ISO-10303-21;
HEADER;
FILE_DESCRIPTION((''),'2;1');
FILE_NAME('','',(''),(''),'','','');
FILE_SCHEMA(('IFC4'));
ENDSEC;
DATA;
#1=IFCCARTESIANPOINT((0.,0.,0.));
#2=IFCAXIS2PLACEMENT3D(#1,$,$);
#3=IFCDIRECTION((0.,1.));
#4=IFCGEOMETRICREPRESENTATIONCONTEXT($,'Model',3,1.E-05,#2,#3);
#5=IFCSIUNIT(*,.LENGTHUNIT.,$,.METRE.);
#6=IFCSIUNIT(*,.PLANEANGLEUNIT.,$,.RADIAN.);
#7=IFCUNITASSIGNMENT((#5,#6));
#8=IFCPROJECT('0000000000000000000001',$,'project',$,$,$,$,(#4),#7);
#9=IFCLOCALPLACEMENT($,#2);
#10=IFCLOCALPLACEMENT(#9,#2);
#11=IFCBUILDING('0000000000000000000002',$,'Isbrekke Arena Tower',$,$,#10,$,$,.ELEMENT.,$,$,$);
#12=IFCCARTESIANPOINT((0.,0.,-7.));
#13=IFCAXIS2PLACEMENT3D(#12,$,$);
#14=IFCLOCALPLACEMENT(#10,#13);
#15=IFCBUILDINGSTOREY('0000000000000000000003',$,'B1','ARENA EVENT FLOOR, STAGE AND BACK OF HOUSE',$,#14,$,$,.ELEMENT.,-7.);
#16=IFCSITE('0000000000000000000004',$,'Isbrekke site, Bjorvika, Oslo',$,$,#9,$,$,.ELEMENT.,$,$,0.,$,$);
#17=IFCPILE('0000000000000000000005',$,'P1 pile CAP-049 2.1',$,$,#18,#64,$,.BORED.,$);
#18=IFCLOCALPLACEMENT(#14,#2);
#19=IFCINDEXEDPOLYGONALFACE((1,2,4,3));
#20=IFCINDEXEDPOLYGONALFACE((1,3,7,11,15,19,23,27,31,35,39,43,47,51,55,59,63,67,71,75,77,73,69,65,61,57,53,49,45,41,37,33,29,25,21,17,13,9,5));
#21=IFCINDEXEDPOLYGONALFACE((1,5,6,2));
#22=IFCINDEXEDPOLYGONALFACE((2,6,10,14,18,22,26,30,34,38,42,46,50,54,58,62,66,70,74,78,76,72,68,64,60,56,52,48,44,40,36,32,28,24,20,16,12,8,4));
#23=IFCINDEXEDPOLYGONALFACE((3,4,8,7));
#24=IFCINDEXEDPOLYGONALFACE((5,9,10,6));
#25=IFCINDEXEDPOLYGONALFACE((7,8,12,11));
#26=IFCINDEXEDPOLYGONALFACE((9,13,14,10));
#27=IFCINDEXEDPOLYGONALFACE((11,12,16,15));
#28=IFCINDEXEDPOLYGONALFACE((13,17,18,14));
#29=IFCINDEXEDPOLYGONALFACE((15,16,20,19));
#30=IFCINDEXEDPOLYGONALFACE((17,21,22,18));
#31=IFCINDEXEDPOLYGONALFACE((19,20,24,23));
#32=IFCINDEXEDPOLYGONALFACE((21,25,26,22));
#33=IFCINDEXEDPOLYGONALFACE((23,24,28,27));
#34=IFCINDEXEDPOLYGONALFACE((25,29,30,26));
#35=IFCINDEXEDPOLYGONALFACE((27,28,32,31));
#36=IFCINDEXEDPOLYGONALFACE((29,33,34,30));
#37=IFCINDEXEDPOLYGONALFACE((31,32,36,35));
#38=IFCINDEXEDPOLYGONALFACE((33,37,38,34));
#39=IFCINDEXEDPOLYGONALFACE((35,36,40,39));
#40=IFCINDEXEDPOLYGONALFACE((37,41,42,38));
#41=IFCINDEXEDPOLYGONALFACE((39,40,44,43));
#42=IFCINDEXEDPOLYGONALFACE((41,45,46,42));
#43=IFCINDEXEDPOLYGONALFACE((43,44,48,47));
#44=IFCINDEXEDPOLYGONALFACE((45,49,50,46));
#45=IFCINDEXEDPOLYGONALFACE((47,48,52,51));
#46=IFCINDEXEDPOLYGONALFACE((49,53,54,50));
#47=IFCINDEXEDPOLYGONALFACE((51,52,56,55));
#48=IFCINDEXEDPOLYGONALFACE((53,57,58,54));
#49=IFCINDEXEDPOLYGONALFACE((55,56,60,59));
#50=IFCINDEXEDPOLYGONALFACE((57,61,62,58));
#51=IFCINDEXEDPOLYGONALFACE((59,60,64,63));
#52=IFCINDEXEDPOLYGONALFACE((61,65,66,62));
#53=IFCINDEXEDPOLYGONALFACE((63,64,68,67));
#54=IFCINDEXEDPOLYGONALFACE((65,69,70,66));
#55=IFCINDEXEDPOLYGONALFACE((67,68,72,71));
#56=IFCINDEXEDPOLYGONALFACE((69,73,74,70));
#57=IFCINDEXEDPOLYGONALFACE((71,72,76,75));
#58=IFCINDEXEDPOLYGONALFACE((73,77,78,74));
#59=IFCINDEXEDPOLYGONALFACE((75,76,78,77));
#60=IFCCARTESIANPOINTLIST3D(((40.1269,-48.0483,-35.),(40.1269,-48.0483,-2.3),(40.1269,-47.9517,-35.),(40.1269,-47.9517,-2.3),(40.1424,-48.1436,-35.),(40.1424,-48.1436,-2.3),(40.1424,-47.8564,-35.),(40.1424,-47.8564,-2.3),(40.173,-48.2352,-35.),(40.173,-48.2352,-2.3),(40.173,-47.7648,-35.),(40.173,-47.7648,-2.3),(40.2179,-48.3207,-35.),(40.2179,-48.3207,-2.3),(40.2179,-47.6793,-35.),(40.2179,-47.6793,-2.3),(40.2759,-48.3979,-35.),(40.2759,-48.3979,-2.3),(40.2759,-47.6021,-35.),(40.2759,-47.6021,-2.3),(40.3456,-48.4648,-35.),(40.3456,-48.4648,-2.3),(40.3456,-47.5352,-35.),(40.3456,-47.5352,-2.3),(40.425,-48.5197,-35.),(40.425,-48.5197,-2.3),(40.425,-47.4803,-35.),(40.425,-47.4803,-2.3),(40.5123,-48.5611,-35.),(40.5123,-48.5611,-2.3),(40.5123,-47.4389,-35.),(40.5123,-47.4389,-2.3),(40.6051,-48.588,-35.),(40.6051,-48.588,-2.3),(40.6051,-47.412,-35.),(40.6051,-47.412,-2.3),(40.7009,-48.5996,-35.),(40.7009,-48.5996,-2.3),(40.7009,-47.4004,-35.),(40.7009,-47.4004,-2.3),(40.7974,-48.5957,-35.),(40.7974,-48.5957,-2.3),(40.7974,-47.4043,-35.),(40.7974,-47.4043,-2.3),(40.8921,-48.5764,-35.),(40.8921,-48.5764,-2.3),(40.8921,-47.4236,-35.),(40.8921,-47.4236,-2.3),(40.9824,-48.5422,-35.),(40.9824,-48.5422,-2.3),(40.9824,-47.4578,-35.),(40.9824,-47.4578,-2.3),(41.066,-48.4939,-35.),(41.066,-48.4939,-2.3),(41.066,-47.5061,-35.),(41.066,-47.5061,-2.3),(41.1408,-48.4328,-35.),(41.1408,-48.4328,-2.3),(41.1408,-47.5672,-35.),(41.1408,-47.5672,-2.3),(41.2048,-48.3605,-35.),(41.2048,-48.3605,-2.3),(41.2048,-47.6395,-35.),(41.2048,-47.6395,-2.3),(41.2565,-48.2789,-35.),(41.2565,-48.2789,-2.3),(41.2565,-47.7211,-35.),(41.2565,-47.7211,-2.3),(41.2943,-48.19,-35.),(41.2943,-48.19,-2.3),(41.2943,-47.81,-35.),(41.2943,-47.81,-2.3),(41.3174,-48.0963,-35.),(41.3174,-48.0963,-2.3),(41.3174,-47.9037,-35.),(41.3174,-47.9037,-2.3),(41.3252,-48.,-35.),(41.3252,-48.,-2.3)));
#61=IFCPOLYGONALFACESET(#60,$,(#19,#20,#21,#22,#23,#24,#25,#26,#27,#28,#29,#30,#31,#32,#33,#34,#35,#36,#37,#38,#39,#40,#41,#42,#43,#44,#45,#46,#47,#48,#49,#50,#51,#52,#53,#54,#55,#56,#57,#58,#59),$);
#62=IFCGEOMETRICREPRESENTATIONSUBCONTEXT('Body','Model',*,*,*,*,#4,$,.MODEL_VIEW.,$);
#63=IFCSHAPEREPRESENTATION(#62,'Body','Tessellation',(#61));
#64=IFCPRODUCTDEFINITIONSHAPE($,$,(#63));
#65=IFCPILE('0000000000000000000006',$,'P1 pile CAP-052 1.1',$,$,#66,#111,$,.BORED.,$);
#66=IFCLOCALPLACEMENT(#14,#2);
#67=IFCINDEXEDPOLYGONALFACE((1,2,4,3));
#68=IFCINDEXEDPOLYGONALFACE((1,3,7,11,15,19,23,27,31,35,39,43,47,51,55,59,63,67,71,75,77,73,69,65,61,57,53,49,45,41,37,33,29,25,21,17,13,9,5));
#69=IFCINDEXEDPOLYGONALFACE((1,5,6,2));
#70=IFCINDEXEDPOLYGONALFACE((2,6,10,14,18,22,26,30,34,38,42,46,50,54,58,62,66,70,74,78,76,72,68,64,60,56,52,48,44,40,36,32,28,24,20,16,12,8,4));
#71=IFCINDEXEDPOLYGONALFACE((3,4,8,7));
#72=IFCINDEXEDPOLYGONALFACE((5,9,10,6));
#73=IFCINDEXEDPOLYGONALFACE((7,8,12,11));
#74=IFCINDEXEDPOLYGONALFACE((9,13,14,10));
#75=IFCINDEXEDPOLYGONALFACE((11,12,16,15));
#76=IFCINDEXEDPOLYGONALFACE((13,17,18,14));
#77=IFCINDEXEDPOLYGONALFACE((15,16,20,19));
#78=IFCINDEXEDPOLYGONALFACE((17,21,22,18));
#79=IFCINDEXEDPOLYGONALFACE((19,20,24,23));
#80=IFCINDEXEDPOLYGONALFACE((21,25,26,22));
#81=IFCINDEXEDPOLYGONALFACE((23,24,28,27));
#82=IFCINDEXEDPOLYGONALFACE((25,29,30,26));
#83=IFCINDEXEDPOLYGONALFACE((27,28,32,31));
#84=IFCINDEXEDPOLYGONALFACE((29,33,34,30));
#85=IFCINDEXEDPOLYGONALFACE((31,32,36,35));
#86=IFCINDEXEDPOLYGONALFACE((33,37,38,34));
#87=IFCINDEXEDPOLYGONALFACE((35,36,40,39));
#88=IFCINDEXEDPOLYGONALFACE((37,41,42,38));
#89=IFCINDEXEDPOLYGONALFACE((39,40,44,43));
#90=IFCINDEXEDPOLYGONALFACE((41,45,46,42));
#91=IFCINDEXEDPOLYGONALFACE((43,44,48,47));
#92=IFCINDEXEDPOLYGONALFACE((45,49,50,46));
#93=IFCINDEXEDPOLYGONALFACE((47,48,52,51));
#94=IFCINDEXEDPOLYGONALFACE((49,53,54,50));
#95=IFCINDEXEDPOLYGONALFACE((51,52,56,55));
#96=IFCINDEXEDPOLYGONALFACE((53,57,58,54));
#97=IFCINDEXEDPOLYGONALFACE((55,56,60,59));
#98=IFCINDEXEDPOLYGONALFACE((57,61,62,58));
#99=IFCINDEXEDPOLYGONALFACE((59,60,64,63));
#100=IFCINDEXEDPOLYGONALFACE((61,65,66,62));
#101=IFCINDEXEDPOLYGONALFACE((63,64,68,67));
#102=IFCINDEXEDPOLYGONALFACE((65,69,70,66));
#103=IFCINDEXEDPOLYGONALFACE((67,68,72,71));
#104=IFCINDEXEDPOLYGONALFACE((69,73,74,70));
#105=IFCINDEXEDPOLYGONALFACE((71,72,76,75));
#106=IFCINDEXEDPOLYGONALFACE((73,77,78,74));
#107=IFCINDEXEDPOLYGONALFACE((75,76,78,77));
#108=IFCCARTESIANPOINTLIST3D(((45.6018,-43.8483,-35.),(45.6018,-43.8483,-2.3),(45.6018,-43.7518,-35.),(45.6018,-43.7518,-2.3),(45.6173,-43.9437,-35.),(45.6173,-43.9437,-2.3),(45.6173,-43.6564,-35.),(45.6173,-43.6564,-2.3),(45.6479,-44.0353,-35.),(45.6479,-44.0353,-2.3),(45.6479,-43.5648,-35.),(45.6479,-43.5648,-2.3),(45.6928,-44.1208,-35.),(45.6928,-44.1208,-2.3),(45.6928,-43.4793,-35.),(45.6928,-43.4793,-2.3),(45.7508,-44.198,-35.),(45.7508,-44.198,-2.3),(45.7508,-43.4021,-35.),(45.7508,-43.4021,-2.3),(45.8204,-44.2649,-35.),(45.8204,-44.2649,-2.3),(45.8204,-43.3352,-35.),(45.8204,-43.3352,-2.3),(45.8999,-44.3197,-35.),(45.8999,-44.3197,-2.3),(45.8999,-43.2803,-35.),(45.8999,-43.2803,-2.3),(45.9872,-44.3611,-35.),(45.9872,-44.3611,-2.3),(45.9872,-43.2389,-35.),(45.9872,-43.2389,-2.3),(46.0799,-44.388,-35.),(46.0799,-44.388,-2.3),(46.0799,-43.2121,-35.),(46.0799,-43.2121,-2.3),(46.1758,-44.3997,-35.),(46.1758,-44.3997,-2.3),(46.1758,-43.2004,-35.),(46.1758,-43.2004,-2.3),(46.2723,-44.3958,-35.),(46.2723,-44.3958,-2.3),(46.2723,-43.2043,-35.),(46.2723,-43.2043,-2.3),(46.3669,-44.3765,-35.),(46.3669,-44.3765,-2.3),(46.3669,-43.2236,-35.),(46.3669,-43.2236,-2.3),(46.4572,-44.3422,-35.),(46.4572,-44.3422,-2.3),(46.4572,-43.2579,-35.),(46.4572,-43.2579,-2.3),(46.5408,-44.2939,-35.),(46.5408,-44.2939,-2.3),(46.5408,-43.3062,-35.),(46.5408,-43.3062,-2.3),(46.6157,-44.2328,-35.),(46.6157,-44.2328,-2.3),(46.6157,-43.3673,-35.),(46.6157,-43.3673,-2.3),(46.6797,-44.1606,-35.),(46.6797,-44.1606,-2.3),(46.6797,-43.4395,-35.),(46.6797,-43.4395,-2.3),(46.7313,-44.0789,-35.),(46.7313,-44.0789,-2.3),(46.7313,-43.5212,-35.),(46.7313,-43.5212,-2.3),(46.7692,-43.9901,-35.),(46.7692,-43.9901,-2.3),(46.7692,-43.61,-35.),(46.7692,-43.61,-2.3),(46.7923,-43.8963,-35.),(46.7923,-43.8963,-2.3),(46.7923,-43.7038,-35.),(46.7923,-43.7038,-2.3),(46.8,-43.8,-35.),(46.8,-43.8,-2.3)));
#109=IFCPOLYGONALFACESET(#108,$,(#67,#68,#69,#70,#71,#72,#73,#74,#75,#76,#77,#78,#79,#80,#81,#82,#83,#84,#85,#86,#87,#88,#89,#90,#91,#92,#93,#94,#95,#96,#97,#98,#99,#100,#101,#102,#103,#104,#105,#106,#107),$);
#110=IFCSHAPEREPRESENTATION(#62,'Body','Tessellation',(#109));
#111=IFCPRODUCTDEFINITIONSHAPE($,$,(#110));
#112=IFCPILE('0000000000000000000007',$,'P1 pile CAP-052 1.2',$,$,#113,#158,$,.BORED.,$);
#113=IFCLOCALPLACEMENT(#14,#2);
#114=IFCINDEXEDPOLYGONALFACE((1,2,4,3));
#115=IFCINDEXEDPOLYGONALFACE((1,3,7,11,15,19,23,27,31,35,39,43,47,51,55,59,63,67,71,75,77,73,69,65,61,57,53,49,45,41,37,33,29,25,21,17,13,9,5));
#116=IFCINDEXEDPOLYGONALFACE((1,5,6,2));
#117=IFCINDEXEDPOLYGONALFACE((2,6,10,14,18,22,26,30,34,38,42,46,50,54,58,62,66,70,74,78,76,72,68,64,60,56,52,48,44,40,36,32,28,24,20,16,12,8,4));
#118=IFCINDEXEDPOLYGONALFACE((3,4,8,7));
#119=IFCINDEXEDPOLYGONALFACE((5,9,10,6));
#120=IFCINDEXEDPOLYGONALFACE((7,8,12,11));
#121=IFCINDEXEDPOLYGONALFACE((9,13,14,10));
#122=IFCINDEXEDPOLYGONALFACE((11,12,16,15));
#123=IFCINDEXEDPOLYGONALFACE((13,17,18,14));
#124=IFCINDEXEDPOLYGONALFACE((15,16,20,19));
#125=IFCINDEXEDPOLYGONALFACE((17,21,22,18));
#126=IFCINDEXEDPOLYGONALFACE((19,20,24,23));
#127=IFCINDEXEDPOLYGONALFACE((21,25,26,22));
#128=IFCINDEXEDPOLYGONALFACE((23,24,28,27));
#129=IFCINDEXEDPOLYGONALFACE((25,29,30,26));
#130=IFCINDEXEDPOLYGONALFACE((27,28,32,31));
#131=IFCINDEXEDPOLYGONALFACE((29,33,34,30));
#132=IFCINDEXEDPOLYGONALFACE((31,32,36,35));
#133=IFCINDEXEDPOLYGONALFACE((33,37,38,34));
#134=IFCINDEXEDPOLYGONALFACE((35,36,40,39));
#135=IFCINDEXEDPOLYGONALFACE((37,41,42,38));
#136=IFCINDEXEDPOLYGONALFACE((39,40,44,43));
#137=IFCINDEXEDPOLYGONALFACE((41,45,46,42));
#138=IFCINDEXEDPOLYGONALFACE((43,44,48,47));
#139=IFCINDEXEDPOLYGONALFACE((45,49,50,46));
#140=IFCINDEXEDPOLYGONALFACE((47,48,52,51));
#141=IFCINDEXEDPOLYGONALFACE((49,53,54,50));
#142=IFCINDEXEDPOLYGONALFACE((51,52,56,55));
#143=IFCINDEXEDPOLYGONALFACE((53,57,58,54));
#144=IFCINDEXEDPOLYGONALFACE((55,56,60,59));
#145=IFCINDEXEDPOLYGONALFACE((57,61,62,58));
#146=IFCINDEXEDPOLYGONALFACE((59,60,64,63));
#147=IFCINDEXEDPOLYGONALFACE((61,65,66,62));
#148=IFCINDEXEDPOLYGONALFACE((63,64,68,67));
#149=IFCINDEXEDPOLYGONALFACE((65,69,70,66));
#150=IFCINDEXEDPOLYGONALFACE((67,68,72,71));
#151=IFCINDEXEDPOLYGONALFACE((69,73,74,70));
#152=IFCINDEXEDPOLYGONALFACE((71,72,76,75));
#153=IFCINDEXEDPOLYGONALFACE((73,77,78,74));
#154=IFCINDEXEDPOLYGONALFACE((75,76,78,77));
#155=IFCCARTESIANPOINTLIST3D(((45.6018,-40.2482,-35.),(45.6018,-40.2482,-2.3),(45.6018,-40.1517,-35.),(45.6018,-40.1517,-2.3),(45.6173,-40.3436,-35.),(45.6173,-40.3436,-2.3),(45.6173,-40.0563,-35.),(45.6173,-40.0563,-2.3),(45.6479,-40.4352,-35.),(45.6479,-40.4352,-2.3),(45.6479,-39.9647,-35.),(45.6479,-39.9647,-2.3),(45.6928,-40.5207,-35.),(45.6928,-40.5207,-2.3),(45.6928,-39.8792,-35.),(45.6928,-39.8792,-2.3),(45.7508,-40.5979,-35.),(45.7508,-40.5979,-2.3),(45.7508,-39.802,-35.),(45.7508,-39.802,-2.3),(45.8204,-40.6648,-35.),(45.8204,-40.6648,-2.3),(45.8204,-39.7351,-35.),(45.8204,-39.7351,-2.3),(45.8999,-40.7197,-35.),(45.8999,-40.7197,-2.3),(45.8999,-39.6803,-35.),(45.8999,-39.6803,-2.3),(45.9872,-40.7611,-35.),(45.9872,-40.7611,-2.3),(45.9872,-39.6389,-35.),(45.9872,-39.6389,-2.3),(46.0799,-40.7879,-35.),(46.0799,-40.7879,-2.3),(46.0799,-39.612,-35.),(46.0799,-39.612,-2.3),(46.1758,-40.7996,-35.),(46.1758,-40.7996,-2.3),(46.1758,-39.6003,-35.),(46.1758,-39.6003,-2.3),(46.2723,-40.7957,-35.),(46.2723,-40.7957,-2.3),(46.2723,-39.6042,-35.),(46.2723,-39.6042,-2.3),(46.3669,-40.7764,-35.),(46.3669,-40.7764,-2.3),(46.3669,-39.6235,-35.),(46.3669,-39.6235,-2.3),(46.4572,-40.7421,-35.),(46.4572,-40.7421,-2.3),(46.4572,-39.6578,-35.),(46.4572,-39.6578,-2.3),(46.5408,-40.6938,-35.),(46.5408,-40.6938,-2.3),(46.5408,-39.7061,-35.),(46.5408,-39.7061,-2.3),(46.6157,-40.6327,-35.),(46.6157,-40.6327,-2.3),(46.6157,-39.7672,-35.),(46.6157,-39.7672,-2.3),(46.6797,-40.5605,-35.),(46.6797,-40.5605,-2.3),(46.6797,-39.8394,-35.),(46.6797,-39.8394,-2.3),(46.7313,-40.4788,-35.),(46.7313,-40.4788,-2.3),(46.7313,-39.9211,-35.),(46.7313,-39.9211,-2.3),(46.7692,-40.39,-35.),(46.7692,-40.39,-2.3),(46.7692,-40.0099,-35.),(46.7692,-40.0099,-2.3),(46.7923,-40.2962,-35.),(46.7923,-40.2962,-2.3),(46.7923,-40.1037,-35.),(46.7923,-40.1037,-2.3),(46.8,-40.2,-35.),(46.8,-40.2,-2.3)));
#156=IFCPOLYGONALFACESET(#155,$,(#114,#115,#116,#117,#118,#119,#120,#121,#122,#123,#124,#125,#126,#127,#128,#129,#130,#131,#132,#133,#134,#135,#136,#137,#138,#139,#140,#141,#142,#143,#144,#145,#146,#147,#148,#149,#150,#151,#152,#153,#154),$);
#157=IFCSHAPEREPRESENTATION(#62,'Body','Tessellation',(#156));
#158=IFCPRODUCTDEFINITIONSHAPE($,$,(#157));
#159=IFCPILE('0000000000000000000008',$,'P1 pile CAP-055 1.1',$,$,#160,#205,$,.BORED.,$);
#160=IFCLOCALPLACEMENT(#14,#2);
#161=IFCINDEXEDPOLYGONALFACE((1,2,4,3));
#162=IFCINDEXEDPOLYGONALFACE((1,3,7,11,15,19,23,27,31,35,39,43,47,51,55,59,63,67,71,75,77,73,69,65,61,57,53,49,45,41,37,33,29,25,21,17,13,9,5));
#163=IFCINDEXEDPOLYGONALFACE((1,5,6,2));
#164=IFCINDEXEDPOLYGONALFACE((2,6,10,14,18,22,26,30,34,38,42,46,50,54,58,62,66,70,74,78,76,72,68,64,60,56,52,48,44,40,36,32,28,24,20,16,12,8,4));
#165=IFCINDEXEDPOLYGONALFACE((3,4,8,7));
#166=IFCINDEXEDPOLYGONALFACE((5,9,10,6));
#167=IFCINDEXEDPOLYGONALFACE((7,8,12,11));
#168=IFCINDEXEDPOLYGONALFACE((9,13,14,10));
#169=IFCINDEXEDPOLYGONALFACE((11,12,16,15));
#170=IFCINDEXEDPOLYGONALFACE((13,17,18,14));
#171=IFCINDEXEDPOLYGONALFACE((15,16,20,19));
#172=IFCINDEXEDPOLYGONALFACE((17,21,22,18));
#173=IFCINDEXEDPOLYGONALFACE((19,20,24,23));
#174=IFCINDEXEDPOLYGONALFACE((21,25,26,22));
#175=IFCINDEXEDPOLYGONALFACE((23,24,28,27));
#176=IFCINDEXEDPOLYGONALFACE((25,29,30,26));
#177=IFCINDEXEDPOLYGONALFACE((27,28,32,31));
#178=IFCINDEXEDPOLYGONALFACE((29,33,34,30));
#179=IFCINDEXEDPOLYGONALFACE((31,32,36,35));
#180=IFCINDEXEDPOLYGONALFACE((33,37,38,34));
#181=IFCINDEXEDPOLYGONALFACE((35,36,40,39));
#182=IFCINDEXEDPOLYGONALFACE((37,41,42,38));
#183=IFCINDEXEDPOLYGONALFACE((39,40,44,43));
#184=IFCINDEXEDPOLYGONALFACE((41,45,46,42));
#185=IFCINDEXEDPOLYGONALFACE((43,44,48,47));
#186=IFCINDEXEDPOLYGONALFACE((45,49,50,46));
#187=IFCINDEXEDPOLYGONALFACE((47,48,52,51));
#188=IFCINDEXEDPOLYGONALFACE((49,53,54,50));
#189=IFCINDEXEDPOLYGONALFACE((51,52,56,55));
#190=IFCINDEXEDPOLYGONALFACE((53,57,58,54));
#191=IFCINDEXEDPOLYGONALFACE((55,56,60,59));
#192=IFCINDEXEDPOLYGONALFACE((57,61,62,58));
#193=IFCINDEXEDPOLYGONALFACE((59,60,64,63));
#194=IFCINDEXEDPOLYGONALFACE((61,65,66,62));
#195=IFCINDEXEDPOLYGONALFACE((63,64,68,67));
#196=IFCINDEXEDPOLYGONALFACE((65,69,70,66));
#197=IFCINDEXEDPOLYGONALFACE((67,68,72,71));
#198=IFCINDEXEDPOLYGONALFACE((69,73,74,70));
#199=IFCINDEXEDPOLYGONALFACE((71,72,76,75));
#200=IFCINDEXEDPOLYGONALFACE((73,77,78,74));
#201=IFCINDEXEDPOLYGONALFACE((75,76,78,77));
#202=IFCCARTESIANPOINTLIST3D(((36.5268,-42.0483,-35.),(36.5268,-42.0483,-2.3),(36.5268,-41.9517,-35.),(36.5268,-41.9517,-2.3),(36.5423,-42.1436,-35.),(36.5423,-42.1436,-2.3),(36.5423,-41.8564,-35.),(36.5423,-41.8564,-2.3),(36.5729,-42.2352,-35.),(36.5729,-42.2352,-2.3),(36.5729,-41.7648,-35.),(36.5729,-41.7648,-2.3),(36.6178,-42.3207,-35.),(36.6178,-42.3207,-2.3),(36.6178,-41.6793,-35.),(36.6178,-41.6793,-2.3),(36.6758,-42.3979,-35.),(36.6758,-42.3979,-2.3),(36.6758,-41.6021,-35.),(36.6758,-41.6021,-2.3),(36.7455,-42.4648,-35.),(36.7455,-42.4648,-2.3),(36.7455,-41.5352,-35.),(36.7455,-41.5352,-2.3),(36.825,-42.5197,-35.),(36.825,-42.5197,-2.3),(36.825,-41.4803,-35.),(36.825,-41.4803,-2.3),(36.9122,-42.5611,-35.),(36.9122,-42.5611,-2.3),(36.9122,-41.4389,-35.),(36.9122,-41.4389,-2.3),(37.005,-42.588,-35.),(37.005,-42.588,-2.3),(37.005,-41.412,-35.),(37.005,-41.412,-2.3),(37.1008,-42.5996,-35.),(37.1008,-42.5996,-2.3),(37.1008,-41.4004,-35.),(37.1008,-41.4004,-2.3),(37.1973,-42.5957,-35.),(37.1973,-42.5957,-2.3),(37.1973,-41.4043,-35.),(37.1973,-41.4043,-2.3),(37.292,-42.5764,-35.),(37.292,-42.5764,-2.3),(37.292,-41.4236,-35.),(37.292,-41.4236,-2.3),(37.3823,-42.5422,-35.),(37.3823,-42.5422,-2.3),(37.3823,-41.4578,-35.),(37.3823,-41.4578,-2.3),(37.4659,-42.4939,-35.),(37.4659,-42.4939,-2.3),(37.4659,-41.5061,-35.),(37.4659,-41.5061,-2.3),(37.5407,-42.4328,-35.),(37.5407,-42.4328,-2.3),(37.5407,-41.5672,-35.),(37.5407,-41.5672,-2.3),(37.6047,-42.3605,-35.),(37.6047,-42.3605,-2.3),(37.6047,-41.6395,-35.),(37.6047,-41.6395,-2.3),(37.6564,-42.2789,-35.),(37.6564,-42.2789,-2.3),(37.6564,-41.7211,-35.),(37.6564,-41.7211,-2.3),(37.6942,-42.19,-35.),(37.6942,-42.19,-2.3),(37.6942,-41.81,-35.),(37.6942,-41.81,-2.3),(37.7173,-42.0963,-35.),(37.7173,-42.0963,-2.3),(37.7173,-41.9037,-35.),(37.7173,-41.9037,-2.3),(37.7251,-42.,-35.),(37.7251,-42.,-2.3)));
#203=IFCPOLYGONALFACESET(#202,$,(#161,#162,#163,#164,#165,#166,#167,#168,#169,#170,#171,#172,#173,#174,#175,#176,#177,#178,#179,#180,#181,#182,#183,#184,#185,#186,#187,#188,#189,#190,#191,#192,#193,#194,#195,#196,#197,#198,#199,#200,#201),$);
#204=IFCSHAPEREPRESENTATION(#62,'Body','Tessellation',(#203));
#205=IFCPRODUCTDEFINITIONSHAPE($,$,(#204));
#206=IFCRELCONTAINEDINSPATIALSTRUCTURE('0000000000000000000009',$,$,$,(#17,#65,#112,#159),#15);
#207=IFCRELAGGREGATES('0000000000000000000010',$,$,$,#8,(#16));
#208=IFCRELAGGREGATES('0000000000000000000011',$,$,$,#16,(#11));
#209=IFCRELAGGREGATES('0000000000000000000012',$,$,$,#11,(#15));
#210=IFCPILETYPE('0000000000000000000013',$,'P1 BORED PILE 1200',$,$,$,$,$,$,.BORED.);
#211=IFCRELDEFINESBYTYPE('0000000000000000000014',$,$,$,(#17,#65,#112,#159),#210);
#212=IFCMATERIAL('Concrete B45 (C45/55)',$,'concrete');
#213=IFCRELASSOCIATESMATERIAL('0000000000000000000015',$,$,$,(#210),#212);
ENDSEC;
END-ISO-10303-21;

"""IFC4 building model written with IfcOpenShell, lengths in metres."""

from ifc_helpers import new_model, si_unit, direction, frame, origin, origin_2d, place, context, subcontext, project, spatial, circle, extrude, material, material_profile, profile_set, type_object, element, save


model = new_model("IFC4")

# Units and contexts
model_context = context("Model", 3, precision=1e-05, world=origin(), true_north=direction((0.0, 1.0)))
body_context = subcontext(model_context, "Body", "Model", "MODEL_VIEW")
ifc_project = project(units=[si_unit("LENGTHUNIT", "METRE"), si_unit("PLANEANGLEUNIT", "RADIAN")], contexts=[model_context])

# Site, building, storey
site_placement = place(None, origin())
site = spatial("IfcSite", under=ifc_project, at=site_placement, Name="Isbrekke site, Bjorvika, Oslo", CompositionType="ELEMENT", RefElevation=0.0)
building_placement = place(site_placement, origin())
building = spatial("IfcBuilding", under=site, at=building_placement, Name="Isbrekke Arena Tower", CompositionType="ELEMENT")
storey_placement = place(building_placement, frame((0.0, 0.0, -7.0)))
storey = spatial("IfcBuildingStorey", under=building, at=storey_placement, Name="B1", Description="ARENA EVENT FLOOR, STAGE AND BACK OF HOUSE", CompositionType="ELEMENT", Elevation=-7.0)

# Piles
ifc_material_1 = material(Name="Concrete B45 (C45/55)", Category="concrete")
ifc_material_profile_1 = material_profile(ifc_material_1, circle(Radius=0.6001, at=origin_2d()), Name="BORED PILE D1200")
ifc_profile_set_1 = profile_set([ifc_material_profile_1], Name="Concrete B45 (C45/55)")
pile_type = type_object("IfcPileType", Name="P1 BORED PILE 1200", PredefinedType="BORED", material=ifc_profile_set_1)
for number, where, z_axis, x_axis, name in (
    (1, (40.7251, -48.0, -2.3), (0.0, 0.0, -1.0), (1.0, 0.0, 0.0), "P1 pile CAP-049 2.1"),
    (2, (46.2, -43.8, -2.3), (0.0, 0.0, -1.0), (1.0, 0.0, 0.0), "P1 pile CAP-052 1.1"),
    (3, (46.2, -40.2, -2.3), (0.0, 0.0, -1.0), (1.0, 0.0, 0.0), "P1 pile CAP-052 1.2"),
    (4, (37.125, -42.0, -2.3), (0.0, 0.0, -1.0), (1.0, 0.0, 0.0), "P1 pile CAP-055 1.1"),
):
    element("IfcPile", number, at=place(storey_placement, frame(where, z_axis=z_axis, x_axis=x_axis)), inside=storey, type_object=pile_type, Name=name, PredefinedType="BORED", context=body_context, shape_type="SweptSolid", body=[
        extrude(circle(Radius=0.6001, at=origin_2d()), origin(), (0.0, 0.0, 1.0), 32.7),
    ])

save(model, "model.ifc")
